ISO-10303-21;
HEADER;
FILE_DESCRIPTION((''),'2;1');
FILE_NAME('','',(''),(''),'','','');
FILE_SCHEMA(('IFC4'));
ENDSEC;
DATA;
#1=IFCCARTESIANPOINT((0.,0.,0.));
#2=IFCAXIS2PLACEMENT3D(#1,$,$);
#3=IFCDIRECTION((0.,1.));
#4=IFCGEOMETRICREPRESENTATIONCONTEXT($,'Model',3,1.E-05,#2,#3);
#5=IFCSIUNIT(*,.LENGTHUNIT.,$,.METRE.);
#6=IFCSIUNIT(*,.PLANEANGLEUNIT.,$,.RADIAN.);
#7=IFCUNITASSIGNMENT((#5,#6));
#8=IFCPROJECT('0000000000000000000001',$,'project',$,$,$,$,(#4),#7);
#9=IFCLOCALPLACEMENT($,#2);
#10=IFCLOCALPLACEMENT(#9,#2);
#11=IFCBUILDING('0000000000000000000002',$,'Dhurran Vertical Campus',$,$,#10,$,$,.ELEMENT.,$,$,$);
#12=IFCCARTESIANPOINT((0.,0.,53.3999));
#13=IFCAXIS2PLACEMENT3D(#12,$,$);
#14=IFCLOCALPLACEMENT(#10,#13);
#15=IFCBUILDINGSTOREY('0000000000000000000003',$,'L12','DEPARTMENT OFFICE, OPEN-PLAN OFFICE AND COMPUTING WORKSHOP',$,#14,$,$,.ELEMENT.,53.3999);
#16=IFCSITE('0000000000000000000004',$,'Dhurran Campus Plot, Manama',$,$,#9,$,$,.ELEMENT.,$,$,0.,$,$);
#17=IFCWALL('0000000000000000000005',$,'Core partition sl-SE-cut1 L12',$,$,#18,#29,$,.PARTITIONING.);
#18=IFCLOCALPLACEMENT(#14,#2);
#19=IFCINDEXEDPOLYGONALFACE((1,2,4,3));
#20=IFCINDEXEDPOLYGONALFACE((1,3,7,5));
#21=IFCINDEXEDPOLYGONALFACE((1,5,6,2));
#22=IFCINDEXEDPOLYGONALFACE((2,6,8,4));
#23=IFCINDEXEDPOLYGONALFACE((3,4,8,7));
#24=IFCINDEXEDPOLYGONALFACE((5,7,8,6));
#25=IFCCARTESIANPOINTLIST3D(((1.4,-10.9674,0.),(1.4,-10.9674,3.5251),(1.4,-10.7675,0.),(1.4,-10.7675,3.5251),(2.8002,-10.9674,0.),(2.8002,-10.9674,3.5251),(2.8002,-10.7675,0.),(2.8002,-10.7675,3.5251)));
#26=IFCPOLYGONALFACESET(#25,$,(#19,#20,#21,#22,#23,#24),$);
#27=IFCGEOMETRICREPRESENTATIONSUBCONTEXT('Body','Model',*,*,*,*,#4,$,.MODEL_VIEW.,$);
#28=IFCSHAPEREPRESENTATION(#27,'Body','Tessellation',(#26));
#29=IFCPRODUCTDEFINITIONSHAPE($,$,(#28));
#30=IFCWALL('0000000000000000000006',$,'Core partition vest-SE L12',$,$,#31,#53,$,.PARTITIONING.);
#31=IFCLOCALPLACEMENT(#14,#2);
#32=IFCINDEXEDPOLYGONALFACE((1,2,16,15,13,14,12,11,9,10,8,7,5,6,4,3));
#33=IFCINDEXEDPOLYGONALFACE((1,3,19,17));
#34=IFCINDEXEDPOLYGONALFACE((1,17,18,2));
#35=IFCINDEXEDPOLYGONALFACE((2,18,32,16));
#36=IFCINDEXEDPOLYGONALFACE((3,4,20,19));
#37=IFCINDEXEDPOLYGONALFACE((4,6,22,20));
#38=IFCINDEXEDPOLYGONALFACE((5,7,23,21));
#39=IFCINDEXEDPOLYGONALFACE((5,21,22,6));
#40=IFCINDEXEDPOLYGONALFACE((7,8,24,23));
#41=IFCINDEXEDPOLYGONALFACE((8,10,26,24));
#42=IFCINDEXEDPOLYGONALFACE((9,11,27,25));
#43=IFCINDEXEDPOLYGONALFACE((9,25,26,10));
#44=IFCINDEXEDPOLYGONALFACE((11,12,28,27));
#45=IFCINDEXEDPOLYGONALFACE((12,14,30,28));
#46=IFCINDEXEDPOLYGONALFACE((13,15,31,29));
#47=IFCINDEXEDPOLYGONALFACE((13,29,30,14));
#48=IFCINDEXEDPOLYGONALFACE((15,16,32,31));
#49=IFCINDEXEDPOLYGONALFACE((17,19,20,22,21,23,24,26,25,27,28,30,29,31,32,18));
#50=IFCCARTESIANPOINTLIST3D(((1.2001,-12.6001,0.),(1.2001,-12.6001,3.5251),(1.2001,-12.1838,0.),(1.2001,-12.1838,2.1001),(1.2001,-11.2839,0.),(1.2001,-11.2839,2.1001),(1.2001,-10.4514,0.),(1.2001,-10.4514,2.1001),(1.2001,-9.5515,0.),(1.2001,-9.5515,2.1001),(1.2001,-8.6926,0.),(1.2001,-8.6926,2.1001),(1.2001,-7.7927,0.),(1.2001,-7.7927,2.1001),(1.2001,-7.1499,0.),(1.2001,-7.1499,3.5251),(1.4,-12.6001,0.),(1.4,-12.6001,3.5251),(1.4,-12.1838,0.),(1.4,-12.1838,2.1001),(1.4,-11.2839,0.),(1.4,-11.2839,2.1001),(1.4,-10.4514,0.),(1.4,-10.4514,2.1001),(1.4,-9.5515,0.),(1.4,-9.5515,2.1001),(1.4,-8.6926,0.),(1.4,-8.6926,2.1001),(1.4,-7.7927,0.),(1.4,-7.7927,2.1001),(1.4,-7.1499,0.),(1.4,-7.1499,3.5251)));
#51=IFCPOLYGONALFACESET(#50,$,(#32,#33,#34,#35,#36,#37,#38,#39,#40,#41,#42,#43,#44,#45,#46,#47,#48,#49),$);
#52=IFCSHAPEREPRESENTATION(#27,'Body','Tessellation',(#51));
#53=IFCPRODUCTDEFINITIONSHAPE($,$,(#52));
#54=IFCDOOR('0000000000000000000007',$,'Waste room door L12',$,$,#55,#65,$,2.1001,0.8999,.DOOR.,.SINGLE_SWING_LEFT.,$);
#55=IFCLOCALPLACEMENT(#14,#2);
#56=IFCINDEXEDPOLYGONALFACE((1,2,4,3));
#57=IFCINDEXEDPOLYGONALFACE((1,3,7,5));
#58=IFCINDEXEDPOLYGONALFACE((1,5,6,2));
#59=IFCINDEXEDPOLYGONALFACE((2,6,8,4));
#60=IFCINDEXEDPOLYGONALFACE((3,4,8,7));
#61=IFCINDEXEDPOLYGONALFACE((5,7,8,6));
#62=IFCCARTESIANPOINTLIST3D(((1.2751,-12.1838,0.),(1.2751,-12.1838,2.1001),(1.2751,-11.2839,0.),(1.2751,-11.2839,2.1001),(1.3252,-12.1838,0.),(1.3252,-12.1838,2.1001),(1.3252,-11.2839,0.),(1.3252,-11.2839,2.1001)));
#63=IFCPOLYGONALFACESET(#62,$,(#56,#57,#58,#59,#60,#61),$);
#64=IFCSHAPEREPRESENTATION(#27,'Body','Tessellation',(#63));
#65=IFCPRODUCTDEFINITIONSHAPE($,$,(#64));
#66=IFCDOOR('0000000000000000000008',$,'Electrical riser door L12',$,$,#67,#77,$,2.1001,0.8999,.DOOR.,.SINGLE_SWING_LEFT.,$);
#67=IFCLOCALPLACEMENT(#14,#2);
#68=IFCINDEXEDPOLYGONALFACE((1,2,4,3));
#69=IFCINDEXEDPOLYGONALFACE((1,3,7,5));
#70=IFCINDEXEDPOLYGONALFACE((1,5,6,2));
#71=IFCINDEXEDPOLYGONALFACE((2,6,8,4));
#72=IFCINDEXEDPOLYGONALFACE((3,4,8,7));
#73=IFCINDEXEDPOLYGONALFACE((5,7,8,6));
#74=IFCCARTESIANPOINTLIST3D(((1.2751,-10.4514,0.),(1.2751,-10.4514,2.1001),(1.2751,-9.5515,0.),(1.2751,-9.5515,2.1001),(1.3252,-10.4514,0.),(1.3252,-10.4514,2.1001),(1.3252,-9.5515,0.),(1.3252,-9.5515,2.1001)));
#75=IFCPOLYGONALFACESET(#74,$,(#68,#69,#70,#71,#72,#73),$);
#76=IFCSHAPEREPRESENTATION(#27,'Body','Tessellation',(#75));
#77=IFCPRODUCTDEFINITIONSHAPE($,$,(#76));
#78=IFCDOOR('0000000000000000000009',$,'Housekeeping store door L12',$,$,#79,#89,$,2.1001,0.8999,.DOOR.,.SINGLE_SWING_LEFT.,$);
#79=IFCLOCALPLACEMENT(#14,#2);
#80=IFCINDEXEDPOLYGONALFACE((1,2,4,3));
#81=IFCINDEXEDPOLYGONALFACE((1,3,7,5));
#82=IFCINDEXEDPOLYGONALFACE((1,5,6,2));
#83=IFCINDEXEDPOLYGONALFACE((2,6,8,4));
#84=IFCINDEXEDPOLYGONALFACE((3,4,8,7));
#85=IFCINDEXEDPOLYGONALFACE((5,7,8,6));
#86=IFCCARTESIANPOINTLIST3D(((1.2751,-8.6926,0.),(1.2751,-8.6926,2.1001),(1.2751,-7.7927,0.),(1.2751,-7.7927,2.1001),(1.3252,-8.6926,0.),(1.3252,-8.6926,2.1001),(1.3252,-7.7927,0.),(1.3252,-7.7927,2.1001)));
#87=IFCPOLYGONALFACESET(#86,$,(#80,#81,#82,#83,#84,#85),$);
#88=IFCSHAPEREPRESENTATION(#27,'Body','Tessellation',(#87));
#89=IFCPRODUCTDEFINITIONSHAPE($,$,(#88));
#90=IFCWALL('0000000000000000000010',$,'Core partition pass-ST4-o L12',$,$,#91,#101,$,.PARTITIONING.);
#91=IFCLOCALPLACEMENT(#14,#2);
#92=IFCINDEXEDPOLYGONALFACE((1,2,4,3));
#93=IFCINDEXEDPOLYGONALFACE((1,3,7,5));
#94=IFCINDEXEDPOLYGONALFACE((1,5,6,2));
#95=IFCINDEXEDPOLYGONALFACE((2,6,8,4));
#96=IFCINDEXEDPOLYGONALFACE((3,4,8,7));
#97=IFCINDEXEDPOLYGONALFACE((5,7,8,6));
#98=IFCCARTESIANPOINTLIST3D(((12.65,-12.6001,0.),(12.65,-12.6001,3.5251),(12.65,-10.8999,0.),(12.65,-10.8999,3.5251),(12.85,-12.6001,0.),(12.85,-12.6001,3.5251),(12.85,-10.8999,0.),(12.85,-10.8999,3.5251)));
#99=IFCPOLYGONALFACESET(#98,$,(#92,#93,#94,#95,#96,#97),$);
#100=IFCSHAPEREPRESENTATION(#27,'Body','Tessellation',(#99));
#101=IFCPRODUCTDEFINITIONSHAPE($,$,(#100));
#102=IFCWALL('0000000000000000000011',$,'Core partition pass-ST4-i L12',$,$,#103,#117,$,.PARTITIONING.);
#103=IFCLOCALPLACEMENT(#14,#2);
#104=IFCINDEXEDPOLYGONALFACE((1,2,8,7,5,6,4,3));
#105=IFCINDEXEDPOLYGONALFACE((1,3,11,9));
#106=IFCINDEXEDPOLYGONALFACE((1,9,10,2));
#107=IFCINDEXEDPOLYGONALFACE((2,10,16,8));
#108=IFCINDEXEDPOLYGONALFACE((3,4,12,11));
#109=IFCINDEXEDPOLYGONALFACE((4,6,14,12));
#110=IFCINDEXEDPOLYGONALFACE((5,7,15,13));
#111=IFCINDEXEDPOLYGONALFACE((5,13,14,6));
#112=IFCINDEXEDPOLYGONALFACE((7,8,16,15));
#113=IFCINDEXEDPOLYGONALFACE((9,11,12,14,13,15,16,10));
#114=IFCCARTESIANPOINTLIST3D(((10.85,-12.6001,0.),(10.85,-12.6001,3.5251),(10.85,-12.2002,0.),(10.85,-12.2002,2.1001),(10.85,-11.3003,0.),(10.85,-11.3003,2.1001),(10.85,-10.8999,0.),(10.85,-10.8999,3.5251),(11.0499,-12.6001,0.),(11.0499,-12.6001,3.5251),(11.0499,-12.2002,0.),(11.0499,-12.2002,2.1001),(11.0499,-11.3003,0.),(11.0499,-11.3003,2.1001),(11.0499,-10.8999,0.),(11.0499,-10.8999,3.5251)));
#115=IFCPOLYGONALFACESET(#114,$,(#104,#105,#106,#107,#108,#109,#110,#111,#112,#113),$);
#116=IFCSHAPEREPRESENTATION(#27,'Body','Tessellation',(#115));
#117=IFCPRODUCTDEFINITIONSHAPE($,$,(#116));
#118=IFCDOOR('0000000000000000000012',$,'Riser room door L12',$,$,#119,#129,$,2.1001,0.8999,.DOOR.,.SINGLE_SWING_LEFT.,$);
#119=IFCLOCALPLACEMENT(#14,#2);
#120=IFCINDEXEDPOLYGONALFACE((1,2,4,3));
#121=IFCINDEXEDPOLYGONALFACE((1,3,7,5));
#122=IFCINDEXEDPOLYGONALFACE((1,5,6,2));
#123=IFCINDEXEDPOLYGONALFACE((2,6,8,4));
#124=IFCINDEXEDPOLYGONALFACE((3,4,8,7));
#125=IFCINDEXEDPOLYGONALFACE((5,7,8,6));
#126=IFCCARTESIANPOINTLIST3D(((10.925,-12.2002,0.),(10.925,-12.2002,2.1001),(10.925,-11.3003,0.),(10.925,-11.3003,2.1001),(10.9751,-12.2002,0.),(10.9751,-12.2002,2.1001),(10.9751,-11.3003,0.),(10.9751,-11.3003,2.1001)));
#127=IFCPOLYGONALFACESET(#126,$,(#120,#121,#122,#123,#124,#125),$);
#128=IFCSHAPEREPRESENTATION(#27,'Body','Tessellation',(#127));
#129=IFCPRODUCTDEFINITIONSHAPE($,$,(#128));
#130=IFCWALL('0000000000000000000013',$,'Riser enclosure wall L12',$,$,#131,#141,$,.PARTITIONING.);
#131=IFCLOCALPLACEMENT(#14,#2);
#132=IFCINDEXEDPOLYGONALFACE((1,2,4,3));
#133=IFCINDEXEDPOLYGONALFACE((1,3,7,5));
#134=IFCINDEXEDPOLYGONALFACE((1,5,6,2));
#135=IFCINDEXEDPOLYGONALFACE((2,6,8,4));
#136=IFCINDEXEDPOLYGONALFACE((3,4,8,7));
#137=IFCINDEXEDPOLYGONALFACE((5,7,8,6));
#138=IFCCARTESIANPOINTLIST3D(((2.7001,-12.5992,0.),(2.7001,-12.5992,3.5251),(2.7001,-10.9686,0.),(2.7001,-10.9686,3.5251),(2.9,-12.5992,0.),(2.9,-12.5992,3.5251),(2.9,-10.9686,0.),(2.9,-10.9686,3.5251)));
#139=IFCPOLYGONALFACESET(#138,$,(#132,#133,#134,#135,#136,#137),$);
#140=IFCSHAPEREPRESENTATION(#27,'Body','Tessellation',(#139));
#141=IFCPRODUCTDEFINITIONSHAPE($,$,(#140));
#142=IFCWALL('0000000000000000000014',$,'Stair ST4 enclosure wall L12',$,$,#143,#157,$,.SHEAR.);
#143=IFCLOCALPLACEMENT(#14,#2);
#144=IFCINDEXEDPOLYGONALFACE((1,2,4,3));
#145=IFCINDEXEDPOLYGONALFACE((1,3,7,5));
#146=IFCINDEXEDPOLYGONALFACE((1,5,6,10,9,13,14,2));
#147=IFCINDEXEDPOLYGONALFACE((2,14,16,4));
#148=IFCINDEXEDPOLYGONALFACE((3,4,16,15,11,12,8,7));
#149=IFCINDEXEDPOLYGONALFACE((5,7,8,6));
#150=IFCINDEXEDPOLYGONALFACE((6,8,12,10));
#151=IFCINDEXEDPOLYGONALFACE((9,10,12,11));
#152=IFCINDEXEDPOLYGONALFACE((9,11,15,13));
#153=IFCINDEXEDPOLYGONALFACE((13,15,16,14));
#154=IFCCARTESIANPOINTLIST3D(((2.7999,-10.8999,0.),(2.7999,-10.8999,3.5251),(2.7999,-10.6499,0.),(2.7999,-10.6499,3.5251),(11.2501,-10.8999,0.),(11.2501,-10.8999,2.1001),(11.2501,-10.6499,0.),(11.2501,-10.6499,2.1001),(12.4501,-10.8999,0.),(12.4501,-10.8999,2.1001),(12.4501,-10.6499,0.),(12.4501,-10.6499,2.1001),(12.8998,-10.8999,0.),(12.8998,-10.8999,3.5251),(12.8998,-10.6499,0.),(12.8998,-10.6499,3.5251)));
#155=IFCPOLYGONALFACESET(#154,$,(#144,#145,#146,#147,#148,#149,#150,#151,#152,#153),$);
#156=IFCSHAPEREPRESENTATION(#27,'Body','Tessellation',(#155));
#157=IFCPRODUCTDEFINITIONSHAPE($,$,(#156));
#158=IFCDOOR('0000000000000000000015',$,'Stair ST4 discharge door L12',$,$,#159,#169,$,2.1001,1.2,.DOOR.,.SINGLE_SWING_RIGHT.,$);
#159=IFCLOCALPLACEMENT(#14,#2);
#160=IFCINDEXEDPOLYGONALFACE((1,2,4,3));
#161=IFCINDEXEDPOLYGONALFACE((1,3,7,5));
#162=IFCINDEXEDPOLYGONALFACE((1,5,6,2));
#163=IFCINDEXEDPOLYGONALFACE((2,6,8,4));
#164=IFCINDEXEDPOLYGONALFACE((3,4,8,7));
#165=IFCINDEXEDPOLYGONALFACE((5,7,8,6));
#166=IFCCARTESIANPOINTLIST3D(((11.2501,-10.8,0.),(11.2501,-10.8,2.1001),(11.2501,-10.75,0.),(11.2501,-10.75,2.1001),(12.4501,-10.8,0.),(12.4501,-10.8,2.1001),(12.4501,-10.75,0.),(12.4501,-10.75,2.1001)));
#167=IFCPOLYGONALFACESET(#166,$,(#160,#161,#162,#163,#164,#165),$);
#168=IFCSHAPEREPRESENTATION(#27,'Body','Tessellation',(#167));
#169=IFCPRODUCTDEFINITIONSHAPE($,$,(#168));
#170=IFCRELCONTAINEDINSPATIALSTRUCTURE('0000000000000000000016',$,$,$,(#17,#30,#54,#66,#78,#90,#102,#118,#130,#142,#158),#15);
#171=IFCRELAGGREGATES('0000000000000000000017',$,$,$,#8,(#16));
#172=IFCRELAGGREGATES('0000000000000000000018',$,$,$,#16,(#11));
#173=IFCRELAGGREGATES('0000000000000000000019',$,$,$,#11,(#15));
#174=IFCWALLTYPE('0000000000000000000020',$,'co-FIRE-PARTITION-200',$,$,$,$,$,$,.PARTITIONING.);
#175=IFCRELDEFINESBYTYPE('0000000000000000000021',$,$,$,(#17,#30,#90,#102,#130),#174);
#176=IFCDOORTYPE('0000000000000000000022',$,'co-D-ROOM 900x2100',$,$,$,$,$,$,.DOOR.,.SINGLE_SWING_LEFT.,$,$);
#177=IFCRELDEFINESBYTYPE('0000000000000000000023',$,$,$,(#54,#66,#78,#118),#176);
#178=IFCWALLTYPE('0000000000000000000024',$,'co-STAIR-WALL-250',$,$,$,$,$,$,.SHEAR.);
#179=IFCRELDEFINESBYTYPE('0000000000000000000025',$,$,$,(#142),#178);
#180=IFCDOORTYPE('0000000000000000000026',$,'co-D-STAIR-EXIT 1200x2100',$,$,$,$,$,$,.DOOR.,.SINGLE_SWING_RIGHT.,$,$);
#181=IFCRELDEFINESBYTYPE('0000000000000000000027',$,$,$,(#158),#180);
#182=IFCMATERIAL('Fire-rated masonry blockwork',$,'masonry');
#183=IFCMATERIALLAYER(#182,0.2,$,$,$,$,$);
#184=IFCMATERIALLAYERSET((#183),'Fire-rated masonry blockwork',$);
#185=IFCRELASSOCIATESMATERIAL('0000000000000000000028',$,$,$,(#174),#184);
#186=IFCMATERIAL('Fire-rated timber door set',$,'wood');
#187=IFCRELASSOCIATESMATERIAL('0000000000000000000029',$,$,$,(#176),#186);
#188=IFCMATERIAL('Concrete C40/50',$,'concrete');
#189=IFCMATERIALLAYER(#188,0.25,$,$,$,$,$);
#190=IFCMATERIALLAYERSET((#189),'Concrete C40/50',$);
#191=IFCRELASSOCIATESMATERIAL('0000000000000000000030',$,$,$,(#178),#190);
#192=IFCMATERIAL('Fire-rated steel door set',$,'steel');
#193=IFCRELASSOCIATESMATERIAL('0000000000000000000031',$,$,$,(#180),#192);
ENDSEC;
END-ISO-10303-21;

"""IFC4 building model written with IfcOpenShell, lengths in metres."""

from ifc_helpers import new_model, si_unit, direction, frame, frame_2d, origin, place, context, subcontext, project, spatial, rectangle, extrude, material, layer, layer_set, type_object, element, fill, save


model = new_model("IFC4")

# Units and contexts
model_context = context("Model", 3, precision=1e-05, world=origin(), true_north=direction((0.0, 1.0)))
body_context = subcontext(model_context, "Body", "Model", "MODEL_VIEW")
ifc_project = project(units=[si_unit("LENGTHUNIT", "METRE"), si_unit("PLANEANGLEUNIT", "RADIAN")], contexts=[model_context])

# Site, building, storey
site_placement = place(None, origin())
site = spatial("IfcSite", under=ifc_project, at=site_placement, Name="Dhurran Campus Plot, Manama", CompositionType="ELEMENT", RefElevation=0.0)
building_placement = place(site_placement, origin())
building = spatial("IfcBuilding", under=site, at=building_placement, Name="Dhurran Vertical Campus", CompositionType="ELEMENT")
storey_placement = place(building_placement, frame((0.0, 0.0, 53.3999)))
storey = spatial("IfcBuildingStorey", under=building, at=storey_placement, Name="L12", Description="DEPARTMENT OFFICE, OPEN-PLAN OFFICE AND COMPUTING WORKSHOP", CompositionType="ELEMENT", Elevation=53.3999)

# Wall
ifc_material_1 = material(Name="Fire-rated masonry blockwork", Category="masonry")
ifc_layer_1 = layer(ifc_material_1, 0.2)
ifc_layer_set_1 = layer_set([ifc_layer_1], Name="Fire-rated masonry blockwork")
wall_type_1 = type_object("IfcWallType", Name="co-FIRE-PARTITION-200", PredefinedType="PARTITIONING", material=ifc_layer_set_1)
wall_1_placement = place(storey_placement, frame((1.3999, -10.8674, 0.0), z_axis=(0.0, 0.0, 1.0), x_axis=(1.0, 0.0, 0.0)))
element("IfcWall", 1, at=wall_1_placement, inside=storey, type_object=wall_type_1, Name="Core partition sl-SE-cut1 L12", PredefinedType="PARTITIONING", context=body_context, shape_type="SweptSolid", body=[
    extrude(rectangle(XDim=1.4001, YDim=0.2, at=frame_2d((0.7002, 0.0))), origin(), (0.0, 0.0, 1.0), 3.5251),
])

# Wall, openings, doors
wall_2_placement = place(storey_placement, frame((1.3, -12.6001, 0.0), z_axis=(0.0, 0.0, 1.0), x_axis=(0.0, 1.0, 0.0)))
wall_2 = element("IfcWall", 2, at=wall_2_placement, inside=storey, type_object=wall_type_1, Name="Core partition vest-SE L12", PredefinedType="PARTITIONING", context=body_context, shape_type="SweptSolid", body=[
    extrude(rectangle(XDim=5.4502, YDim=0.2, at=frame_2d((2.7251, 0.0))), origin(), (0.0, 0.0, 1.0), 3.5251),
])
opening_1_placement = place(wall_2_placement, frame((0.4163, 0.0, 0.0)))
opening_1 = element("IfcOpeningElement", 3, at=opening_1_placement, cuts=wall_2, PredefinedType="OPENING", context=body_context, shape_type="SweptSolid", body=[
    extrude(rectangle(XDim=0.8999, YDim=2.1001, at=frame_2d((0.45, 1.05))), frame((0.0, 0.1099, 0.0), z_axis=(0.0, -1.0, 0.0), x_axis=(1.0, 0.0, 0.0)), (0.0, 0.0, 1.0), 0.22),
])
opening_2_placement = place(wall_2_placement, frame((2.1487, 0.0, 0.0)))
opening_2 = element("IfcOpeningElement", 4, at=opening_2_placement, cuts=wall_2, PredefinedType="OPENING", context=body_context, shape_type="SweptSolid", body=[
    extrude(rectangle(XDim=0.8999, YDim=2.1001, at=frame_2d((0.45, 1.05))), frame((0.0, 0.1099, 0.0), z_axis=(0.0, -1.0, 0.0), x_axis=(1.0, 0.0, 0.0)), (0.0, 0.0, 1.0), 0.22),
])
opening_3_placement = place(wall_2_placement, frame((3.9075, 0.0, 0.0)))
opening_3 = element("IfcOpeningElement", 5, at=opening_3_placement, cuts=wall_2, PredefinedType="OPENING", context=body_context, shape_type="SweptSolid", body=[
    extrude(rectangle(XDim=0.8999, YDim=2.1001, at=frame_2d((0.45, 1.05))), frame((0.0, 0.1099, 0.0), z_axis=(0.0, -1.0, 0.0), x_axis=(1.0, 0.0, 0.0)), (0.0, 0.0, 1.0), 0.22),
])
ifc_material_2 = material(Name="Fire-rated timber door set", Category="wood")
door_type_1 = type_object("IfcDoorType", Name="co-D-ROOM 900x2100", OperationType="SINGLE_SWING_LEFT", PredefinedType="DOOR", material=ifc_material_2)
door_1_placement = place(opening_1_placement, origin())
door_1 = element("IfcDoor", 6, at=door_1_placement, inside=storey, type_object=door_type_1, Name="Waste room door L12", OperationType="SINGLE_SWING_LEFT", OverallHeight=2.1001, OverallWidth=0.8999, PredefinedType="DOOR", context=body_context, shape_type="SweptSolid", body=[
    extrude(rectangle(XDim=0.8999, YDim=2.1001, at=frame_2d((0.45, 1.05))), frame((0.0, 0.0249, 0.0), z_axis=(0.0, -1.0, 0.0), x_axis=(1.0, 0.0, 0.0)), (0.0, 0.0, 1.0), 0.05),
])
fill(opening_1, door_1)
door_2_placement = place(opening_2_placement, origin())
door_2 = element("IfcDoor", 7, at=door_2_placement, inside=storey, type_object=door_type_1, Name="Electrical riser door L12", OperationType="SINGLE_SWING_LEFT", OverallHeight=2.1001, OverallWidth=0.8999, PredefinedType="DOOR", context=body_context, shape_type="SweptSolid", body=[
    extrude(rectangle(XDim=0.8999, YDim=2.1001, at=frame_2d((0.45, 1.05))), frame((0.0, 0.0249, 0.0), z_axis=(0.0, -1.0, 0.0), x_axis=(1.0, 0.0, 0.0)), (0.0, 0.0, 1.0), 0.05),
])
fill(opening_2, door_2)
door_3_placement = place(opening_3_placement, origin())
door_3 = element("IfcDoor", 8, at=door_3_placement, inside=storey, type_object=door_type_1, Name="Housekeeping store door L12", OperationType="SINGLE_SWING_LEFT", OverallHeight=2.1001, OverallWidth=0.8999, PredefinedType="DOOR", context=body_context, shape_type="SweptSolid", body=[
    extrude(rectangle(XDim=0.8999, YDim=2.1001, at=frame_2d((0.45, 1.05))), frame((0.0, 0.0249, 0.0), z_axis=(0.0, -1.0, 0.0), x_axis=(1.0, 0.0, 0.0)), (0.0, 0.0, 1.0), 0.05),
])
fill(opening_3, door_3)

# Wall
wall_3_placement = place(storey_placement, frame((12.75, -12.6001, 0.0), z_axis=(0.0, 0.0, 1.0), x_axis=(0.0, 1.0, 0.0)))
element("IfcWall", 9, at=wall_3_placement, inside=storey, type_object=wall_type_1, Name="Core partition pass-ST4-o L12", PredefinedType="PARTITIONING", context=body_context, shape_type="SweptSolid", body=[
    extrude(rectangle(XDim=1.7002, YDim=0.2, at=frame_2d((0.8501, 0.0))), origin(), (0.0, 0.0, 1.0), 3.5251),
])

# Wall, opening, door
wall_4_placement = place(storey_placement, frame((10.95, -12.6001, 0.0), z_axis=(0.0, 0.0, 1.0), x_axis=(0.0, 1.0, 0.0)))
wall_4 = element("IfcWall", 10, at=wall_4_placement, inside=storey, type_object=wall_type_1, Name="Core partition pass-ST4-i L12", PredefinedType="PARTITIONING", context=body_context, shape_type="SweptSolid", body=[
    extrude(rectangle(XDim=1.7002, YDim=0.2, at=frame_2d((0.8501, 0.0))), origin(), (0.0, 0.0, 1.0), 3.5251),
])
opening_4_placement = place(wall_4_placement, frame((0.3999, 0.0, 0.0)))
opening_4 = element("IfcOpeningElement", 11, at=opening_4_placement, cuts=wall_4, PredefinedType="OPENING", context=body_context, shape_type="SweptSolid", body=[
    extrude(rectangle(XDim=0.8999, YDim=2.1001, at=frame_2d((0.45, 1.05))), frame((0.0, 0.1099, 0.0), z_axis=(0.0, -1.0, 0.0), x_axis=(1.0, 0.0, 0.0)), (0.0, 0.0, 1.0), 0.22),
])
door_4_placement = place(opening_4_placement, origin())
door_4 = element("IfcDoor", 12, at=door_4_placement, inside=storey, type_object=door_type_1, Name="Riser room door L12", OperationType="SINGLE_SWING_LEFT", OverallHeight=2.1001, OverallWidth=0.8999, PredefinedType="DOOR", context=body_context, shape_type="SweptSolid", body=[
    extrude(rectangle(XDim=0.8999, YDim=2.1001, at=frame_2d((0.45, 1.05))), frame((0.0, 0.0249, 0.0), z_axis=(0.0, -1.0, 0.0), x_axis=(1.0, 0.0, 0.0)), (0.0, 0.0, 1.0), 0.05),
])
fill(opening_4, door_4)

# Wall
wall_5_placement = place(storey_placement, frame((2.8, -10.9685, 0.0), z_axis=(0.0, 0.0, 1.0), x_axis=(0.0, -1.0, 0.0)))
element("IfcWall", 13, at=wall_5_placement, inside=storey, type_object=wall_type_1, Name="Riser enclosure wall L12", PredefinedType="PARTITIONING", context=body_context, shape_type="SweptSolid", body=[
    extrude(rectangle(XDim=1.6306, YDim=0.2, at=frame_2d((0.8154, 0.0))), origin(), (0.0, 0.0, 1.0), 3.5251),
])

# Wall, opening, door
ifc_material_3 = material(Name="Concrete C40/50", Category="concrete")
ifc_layer_2 = layer(ifc_material_3, 0.25)
ifc_layer_set_2 = layer_set([ifc_layer_2], Name="Concrete C40/50")
wall_type_2 = type_object("IfcWallType", Name="co-STAIR-WALL-250", PredefinedType="SHEAR", material=ifc_layer_set_2)
wall_6_placement = place(storey_placement, frame((2.8, -10.7749, 0.0), z_axis=(0.0, 0.0, 1.0), x_axis=(1.0, 0.0, 0.0)))
wall_6 = element("IfcWall", 14, at=wall_6_placement, inside=storey, type_object=wall_type_2, Name="Stair ST4 enclosure wall L12", PredefinedType="SHEAR", context=body_context, shape_type="SweptSolid", body=[
    extrude(rectangle(XDim=10.0999, YDim=0.25, at=frame_2d((5.0498, 0.0))), origin(), (0.0, 0.0, 1.0), 3.5251),
])
opening_5_placement = place(wall_6_placement, frame((8.45, 0.0, 0.0)))
opening_5 = element("IfcOpeningElement", 15, at=opening_5_placement, cuts=wall_6, PredefinedType="OPENING", context=body_context, shape_type="SweptSolid", body=[
    extrude(rectangle(XDim=1.2, YDim=2.1001, at=frame_2d((0.6001, 1.05))), frame((0.0, 0.135, 0.0), z_axis=(0.0, -1.0, 0.0), x_axis=(1.0, 0.0, 0.0)), (0.0, 0.0, 1.0), 0.27),
])
ifc_material_4 = material(Name="Fire-rated steel door set", Category="steel")
door_type_2 = type_object("IfcDoorType", Name="co-D-STAIR-EXIT 1200x2100", OperationType="SINGLE_SWING_RIGHT", PredefinedType="DOOR", material=ifc_material_4)
door_5_placement = place(opening_5_placement, origin())
door_5 = element("IfcDoor", 16, at=door_5_placement, inside=storey, type_object=door_type_2, Name="Stair ST4 discharge door L12", OperationType="SINGLE_SWING_RIGHT", OverallHeight=2.1001, OverallWidth=1.2, PredefinedType="DOOR", context=body_context, shape_type="SweptSolid", body=[
    extrude(rectangle(XDim=1.2, YDim=2.1001, at=frame_2d((0.6001, 1.05))), frame((0.0, 0.0249, 0.0), z_axis=(0.0, -1.0, 0.0), x_axis=(1.0, 0.0, 0.0)), (0.0, 0.0, 1.0), 0.05),
])
fill(opening_5, door_5)

save(model, "model.ifc")
